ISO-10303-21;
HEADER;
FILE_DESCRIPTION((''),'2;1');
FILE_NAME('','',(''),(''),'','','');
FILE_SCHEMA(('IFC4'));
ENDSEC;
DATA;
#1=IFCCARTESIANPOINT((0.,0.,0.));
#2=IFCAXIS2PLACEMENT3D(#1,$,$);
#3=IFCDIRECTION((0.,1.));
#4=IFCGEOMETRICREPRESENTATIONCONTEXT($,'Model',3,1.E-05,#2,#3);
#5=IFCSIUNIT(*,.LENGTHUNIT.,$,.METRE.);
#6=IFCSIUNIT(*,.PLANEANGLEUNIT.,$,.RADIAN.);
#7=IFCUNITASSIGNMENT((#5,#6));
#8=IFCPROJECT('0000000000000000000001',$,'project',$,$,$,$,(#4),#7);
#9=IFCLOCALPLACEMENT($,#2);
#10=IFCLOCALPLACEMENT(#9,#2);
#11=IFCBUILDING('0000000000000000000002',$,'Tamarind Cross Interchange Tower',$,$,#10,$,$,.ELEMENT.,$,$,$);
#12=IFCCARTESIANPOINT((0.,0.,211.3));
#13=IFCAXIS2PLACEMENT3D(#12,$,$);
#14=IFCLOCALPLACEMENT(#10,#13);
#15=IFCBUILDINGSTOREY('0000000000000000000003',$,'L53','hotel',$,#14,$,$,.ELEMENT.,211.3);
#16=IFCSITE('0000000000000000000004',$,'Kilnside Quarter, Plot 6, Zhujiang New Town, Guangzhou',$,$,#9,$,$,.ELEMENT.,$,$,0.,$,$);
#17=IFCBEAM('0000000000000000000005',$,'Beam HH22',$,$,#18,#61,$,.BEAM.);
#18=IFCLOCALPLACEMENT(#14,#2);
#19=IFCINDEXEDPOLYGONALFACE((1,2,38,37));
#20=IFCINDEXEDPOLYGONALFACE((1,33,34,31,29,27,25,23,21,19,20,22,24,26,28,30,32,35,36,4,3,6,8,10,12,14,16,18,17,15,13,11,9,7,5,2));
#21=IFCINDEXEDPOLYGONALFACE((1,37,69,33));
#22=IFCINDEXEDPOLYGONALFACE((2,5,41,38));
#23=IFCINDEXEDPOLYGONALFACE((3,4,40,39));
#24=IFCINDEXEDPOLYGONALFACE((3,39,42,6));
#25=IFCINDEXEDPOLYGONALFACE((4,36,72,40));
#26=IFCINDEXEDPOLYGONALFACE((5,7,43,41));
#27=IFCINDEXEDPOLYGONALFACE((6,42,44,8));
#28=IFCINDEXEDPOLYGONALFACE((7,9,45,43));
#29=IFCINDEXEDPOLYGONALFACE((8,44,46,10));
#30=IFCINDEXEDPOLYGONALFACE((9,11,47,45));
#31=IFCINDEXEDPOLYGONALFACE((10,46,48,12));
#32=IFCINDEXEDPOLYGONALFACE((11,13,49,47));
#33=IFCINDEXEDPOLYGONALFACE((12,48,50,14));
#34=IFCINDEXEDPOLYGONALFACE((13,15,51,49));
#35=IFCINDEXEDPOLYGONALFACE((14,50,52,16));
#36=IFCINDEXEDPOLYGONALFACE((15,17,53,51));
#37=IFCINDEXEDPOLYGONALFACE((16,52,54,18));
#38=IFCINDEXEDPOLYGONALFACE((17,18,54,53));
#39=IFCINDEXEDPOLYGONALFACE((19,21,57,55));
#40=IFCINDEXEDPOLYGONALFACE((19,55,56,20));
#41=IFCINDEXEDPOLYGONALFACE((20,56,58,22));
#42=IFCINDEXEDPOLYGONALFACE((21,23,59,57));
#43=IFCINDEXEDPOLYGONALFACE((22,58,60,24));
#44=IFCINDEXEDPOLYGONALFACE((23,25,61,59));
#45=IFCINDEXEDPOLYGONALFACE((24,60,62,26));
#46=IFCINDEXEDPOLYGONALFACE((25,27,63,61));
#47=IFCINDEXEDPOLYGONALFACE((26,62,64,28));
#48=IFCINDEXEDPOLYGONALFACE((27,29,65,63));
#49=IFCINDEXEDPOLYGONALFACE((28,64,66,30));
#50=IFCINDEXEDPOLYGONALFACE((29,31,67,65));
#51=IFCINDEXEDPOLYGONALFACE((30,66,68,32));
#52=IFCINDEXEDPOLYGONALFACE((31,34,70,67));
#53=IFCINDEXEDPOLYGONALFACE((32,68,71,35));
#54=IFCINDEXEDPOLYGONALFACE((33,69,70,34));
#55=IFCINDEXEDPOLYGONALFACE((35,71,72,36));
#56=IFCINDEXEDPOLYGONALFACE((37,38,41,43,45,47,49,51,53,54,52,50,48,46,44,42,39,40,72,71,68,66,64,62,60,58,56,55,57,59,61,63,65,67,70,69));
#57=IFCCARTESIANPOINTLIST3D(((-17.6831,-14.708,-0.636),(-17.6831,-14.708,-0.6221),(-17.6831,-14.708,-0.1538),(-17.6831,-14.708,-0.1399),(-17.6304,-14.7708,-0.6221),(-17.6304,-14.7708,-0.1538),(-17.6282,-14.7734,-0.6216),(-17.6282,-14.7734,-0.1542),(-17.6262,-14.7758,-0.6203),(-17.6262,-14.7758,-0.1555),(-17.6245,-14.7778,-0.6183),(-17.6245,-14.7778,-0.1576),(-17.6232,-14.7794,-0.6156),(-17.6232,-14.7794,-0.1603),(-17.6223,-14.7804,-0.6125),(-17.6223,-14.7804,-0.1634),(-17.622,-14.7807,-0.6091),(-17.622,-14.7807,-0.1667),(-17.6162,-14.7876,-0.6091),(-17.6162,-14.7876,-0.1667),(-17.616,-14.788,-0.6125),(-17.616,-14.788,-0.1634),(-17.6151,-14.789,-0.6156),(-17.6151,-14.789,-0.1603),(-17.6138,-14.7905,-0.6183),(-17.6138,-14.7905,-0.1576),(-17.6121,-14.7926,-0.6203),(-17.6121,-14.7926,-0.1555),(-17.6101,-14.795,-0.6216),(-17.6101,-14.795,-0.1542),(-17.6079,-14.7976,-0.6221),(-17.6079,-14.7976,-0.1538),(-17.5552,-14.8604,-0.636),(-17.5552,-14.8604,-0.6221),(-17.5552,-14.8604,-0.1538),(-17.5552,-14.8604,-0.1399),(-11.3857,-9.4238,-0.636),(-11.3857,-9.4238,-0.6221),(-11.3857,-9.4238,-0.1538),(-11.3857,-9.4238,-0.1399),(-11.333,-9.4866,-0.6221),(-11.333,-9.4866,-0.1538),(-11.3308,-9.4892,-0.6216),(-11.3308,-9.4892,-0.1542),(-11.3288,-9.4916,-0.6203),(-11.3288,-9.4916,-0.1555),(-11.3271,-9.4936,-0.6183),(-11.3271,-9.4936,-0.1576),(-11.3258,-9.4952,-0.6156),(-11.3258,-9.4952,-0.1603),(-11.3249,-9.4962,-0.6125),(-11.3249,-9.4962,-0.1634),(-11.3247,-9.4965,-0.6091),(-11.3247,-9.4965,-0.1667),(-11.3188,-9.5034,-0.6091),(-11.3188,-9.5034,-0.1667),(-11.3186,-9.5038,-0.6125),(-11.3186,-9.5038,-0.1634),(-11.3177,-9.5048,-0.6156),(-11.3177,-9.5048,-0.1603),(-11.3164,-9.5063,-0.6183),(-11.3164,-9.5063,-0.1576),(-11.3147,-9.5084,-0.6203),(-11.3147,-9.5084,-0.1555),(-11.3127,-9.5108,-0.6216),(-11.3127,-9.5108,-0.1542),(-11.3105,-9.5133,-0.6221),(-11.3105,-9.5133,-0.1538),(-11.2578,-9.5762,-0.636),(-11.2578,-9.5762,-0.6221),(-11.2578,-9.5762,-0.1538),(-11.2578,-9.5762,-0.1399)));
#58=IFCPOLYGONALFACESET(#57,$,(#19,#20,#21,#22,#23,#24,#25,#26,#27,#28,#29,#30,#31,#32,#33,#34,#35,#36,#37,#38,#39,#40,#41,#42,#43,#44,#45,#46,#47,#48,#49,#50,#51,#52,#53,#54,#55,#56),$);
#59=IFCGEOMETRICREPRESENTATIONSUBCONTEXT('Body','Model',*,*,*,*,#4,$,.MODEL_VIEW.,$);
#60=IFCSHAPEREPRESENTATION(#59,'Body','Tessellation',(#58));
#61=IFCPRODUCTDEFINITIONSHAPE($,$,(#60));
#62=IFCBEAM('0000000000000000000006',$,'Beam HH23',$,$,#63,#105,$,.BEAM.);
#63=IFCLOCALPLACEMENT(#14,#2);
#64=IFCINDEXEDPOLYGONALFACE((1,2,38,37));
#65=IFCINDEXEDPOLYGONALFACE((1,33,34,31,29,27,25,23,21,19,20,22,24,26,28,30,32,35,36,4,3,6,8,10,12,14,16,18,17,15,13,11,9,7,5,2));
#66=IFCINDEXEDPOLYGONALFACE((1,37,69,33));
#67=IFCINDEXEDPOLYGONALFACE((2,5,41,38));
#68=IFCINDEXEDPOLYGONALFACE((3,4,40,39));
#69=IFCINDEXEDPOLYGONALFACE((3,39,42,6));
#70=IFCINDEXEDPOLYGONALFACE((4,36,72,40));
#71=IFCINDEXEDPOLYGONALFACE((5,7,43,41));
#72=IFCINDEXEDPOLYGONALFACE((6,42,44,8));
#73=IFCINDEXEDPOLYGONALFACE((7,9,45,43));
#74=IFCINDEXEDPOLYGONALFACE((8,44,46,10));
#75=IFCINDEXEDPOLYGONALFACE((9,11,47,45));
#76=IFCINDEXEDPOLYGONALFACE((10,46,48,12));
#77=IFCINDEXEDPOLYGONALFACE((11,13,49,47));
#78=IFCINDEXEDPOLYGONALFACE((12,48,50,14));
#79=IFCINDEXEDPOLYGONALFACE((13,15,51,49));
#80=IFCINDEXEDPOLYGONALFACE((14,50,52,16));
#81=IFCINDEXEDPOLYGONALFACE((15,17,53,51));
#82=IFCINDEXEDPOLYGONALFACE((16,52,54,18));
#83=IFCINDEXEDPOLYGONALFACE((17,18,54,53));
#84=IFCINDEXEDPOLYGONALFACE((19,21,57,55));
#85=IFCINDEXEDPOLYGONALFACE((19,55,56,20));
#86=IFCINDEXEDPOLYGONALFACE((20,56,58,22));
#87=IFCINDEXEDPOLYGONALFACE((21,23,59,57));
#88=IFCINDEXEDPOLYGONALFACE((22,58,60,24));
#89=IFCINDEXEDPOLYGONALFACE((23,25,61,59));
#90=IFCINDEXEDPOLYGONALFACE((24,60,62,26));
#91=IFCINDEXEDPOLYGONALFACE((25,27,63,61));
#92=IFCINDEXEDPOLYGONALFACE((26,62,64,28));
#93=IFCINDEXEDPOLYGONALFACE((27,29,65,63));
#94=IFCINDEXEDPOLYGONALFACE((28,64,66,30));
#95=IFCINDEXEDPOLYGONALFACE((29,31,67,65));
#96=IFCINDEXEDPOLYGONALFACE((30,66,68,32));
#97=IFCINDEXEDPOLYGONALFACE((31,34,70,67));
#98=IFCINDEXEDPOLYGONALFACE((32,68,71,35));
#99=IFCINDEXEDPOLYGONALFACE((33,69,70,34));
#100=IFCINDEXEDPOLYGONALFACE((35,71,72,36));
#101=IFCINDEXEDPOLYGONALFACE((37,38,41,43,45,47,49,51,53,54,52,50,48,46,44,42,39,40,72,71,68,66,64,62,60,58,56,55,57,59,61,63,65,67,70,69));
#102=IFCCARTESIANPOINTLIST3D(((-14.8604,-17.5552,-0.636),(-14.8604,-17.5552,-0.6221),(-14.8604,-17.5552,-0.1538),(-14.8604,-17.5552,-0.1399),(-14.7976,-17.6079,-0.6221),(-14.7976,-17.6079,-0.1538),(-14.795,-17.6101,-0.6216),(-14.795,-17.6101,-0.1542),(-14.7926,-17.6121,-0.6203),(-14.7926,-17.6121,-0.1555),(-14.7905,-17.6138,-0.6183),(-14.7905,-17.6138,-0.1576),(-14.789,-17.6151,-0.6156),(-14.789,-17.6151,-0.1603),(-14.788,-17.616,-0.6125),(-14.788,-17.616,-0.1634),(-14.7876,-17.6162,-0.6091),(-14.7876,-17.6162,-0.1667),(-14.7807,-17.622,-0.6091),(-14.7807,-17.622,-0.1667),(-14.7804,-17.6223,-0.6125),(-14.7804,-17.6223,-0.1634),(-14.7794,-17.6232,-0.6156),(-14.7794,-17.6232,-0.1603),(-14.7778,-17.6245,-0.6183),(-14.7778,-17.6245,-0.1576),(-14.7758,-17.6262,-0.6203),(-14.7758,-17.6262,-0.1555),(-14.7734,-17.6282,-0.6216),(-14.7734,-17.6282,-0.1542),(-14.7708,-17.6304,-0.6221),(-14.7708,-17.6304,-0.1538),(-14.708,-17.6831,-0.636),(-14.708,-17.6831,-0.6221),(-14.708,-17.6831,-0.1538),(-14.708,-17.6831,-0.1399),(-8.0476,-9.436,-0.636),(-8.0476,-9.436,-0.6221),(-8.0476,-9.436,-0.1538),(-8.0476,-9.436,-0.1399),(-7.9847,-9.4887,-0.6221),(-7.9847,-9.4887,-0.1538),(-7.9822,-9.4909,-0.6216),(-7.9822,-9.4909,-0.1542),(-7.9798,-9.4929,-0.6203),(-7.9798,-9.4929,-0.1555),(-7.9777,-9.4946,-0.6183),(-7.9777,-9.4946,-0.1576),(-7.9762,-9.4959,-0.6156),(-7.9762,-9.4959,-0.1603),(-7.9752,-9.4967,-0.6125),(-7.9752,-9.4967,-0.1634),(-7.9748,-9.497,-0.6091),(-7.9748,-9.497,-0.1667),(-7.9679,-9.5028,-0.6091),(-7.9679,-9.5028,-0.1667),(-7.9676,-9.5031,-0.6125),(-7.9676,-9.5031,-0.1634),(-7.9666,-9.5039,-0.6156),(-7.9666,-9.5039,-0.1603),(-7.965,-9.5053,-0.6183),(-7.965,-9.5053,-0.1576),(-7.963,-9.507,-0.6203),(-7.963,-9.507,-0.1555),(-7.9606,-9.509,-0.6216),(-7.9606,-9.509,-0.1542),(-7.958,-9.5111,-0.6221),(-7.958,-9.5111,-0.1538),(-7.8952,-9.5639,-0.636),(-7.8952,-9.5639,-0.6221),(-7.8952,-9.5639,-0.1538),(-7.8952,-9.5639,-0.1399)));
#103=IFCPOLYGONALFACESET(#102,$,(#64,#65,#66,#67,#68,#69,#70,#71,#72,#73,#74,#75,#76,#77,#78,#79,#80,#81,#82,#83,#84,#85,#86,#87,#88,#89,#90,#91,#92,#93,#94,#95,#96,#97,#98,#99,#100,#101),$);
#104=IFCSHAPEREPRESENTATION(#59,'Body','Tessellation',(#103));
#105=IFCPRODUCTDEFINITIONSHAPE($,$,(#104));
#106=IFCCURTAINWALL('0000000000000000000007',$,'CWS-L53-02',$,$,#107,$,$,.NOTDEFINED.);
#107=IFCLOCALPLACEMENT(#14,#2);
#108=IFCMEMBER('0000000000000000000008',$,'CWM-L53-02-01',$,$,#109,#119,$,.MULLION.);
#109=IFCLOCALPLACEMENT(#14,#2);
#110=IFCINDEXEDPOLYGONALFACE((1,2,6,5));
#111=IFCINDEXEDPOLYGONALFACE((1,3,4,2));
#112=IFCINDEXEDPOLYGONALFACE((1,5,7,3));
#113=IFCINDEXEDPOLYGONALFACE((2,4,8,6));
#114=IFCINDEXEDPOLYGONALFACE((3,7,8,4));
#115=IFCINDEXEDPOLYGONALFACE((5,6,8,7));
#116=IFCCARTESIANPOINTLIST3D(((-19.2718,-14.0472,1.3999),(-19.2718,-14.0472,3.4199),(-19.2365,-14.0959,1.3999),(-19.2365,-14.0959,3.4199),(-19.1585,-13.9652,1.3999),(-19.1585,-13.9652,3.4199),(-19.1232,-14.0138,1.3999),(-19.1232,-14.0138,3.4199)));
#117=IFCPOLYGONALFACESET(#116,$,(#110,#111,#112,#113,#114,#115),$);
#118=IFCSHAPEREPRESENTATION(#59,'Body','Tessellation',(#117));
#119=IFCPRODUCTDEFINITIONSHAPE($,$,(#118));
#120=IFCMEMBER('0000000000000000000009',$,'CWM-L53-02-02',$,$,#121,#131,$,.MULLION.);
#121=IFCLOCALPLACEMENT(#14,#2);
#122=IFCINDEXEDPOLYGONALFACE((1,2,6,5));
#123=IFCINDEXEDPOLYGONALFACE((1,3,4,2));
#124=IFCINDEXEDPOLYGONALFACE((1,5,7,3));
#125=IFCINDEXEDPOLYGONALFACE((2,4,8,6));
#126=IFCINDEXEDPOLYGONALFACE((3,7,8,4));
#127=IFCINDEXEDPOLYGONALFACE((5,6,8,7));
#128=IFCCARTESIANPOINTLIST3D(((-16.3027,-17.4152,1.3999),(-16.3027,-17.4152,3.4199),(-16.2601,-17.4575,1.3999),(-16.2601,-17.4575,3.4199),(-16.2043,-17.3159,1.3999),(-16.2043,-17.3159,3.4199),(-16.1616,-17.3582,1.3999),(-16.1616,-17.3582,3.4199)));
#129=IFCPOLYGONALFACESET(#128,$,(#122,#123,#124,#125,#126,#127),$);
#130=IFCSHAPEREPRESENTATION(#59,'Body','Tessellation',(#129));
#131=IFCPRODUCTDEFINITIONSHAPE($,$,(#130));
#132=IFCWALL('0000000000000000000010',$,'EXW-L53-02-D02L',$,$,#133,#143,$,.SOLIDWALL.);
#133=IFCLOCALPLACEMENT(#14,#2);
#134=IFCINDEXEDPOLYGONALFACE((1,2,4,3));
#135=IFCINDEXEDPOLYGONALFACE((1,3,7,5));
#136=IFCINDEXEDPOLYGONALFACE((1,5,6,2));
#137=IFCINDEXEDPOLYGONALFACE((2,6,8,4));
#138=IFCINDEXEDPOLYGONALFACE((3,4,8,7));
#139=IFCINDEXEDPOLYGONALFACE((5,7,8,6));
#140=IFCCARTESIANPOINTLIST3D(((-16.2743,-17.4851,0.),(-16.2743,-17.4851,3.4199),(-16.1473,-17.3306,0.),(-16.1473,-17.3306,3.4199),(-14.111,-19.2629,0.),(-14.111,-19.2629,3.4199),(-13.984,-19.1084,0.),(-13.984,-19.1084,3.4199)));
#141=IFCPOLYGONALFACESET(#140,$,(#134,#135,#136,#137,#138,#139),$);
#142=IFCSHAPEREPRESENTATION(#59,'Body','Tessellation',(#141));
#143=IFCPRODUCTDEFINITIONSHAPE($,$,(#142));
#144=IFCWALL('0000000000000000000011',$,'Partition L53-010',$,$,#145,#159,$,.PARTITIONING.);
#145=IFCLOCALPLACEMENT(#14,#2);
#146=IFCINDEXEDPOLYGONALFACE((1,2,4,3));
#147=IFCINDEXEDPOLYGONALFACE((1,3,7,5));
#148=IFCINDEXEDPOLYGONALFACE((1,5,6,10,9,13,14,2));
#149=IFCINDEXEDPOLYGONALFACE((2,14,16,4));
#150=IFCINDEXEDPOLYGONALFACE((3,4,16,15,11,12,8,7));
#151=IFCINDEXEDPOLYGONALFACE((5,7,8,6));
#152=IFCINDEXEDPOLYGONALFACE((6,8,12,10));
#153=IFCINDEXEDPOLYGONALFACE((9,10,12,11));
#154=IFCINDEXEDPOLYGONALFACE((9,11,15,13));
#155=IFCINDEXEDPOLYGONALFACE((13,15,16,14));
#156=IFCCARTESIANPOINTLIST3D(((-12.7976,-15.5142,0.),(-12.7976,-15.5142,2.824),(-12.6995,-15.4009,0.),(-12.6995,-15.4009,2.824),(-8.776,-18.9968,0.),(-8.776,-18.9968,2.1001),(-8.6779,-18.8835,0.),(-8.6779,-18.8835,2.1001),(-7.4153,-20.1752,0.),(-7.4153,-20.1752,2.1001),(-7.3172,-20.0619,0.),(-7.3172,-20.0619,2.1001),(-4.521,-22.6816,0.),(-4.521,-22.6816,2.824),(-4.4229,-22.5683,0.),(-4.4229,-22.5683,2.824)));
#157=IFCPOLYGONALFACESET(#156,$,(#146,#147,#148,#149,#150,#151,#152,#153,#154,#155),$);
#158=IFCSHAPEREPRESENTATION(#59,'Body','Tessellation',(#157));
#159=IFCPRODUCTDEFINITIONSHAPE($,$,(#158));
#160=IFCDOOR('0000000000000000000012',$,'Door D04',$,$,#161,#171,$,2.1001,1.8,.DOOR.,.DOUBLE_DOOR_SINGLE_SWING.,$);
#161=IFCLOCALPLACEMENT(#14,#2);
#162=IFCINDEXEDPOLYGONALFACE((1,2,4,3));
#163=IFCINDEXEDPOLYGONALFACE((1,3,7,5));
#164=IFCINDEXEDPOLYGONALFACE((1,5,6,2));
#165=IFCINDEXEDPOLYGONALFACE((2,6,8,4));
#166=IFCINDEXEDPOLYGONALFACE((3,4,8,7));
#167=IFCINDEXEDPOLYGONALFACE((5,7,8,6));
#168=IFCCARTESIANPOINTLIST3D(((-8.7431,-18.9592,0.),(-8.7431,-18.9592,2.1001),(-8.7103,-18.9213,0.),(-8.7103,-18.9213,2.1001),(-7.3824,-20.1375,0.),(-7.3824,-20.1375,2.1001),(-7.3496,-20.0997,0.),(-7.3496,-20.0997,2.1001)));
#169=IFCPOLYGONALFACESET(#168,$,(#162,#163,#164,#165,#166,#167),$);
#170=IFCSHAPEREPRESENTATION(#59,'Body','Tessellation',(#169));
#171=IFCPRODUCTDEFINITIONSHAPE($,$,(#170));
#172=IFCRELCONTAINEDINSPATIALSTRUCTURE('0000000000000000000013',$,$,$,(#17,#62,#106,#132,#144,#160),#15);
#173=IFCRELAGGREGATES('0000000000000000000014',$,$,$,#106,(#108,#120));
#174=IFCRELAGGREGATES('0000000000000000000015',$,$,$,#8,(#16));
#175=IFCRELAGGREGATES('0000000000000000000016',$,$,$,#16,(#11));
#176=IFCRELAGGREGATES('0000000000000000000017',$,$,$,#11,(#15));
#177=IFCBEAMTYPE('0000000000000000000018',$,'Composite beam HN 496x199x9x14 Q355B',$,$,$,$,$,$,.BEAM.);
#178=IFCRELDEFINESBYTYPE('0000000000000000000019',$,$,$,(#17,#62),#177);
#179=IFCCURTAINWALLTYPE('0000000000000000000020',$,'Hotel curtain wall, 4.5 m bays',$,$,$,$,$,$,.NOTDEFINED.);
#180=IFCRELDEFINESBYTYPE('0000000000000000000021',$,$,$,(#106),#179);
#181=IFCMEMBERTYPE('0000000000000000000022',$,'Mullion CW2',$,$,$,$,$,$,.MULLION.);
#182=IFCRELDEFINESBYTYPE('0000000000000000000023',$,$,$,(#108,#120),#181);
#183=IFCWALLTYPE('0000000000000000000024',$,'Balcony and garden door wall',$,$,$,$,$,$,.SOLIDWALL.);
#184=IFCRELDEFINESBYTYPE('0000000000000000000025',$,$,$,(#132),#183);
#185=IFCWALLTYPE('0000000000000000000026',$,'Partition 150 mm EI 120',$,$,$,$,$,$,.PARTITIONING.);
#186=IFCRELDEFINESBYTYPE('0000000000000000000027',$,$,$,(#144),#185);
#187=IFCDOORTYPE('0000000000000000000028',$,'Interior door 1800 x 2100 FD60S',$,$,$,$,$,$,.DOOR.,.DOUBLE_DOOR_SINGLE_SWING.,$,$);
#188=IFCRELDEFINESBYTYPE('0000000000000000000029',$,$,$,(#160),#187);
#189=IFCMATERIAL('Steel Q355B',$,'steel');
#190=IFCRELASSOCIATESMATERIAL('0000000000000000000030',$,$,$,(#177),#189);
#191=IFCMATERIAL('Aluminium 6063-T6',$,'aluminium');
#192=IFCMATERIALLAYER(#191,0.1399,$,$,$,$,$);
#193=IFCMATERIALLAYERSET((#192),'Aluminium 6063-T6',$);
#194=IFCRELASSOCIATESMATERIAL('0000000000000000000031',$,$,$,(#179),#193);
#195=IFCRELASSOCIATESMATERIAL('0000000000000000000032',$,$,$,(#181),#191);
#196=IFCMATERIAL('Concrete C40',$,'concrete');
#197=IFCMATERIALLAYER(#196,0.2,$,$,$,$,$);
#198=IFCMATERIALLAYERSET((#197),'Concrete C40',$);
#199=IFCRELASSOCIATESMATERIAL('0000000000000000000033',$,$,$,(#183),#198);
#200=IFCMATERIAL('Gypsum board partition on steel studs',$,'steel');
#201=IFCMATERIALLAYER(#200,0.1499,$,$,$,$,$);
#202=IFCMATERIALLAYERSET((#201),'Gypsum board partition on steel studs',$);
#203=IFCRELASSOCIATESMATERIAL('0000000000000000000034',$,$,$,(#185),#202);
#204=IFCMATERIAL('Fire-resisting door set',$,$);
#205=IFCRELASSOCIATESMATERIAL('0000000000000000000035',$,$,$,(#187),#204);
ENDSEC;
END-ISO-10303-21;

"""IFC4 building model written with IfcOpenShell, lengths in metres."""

from ifc_helpers import new_model, si_unit, direction, frame, frame_2d, origin, origin_2d, place, context, subcontext, project, spatial, rectangle, i_section, extrude, material, layer, layer_set, material_profile, profile_set, type_object, element, fill, aggregate, save


model = new_model("IFC4")

# Units and contexts
model_context = context("Model", 3, precision=1e-05, world=origin(), true_north=direction((0.0, 1.0)))
body_context = subcontext(model_context, "Body", "Model", "MODEL_VIEW")
ifc_project = project(units=[si_unit("LENGTHUNIT", "METRE"), si_unit("PLANEANGLEUNIT", "RADIAN")], contexts=[model_context])

# Site, building, storey
site_placement = place(None, origin())
site = spatial("IfcSite", under=ifc_project, at=site_placement, Name="Kilnside Quarter, Plot 6, Zhujiang New Town, Guangzhou", CompositionType="ELEMENT", RefElevation=0.0)
building_placement = place(site_placement, origin())
building = spatial("IfcBuilding", under=site, at=building_placement, Name="Tamarind Cross Interchange Tower", CompositionType="ELEMENT")
storey_placement = place(building_placement, frame((0.0, 0.0, 211.3)))
storey = spatial("IfcBuildingStorey", under=building, at=storey_placement, Name="L53", Description="hotel", CompositionType="ELEMENT", Elevation=211.3)

# Beams
ifc_material_1 = material(Name="Steel Q355B", Category="steel")
ifc_material_profile_1 = material_profile(ifc_material_1, i_section(OverallWidth=0.199, OverallDepth=0.4961, WebThickness=0.009, FlangeThickness=0.0139, FilletRadius=0.0129, at=origin_2d()), Name="HN 496x199x9x14")
ifc_profile_set_1 = profile_set([ifc_material_profile_1], Name="Steel Q355B")
beam_type = type_object("IfcBeamType", Name="Composite beam HN 496x199x9x14 Q355B", PredefinedType="BEAM", material=ifc_profile_set_1)
beam_1_placement = place(storey_placement, frame((-17.6191, -14.7842, -0.3879), z_axis=(0.766041, 0.642792, 0.0), x_axis=(-0.642792, 0.766041, 0.0)))
element("IfcBeam", 1, at=beam_1_placement, inside=storey, type_object=beam_type, Name="Beam HH22", PredefinedType="BEAM", context=body_context, shape_type="SweptSolid", body=[
    extrude(i_section(OverallWidth=0.199, OverallDepth=0.4961, WebThickness=0.009, FlangeThickness=0.0139, FilletRadius=0.0129, at=origin_2d()), origin(), (0.0, 0.0, 1.0), 8.2207),
])
beam_2_placement = place(storey_placement, frame((-14.7842, -17.6191, -0.3879), z_axis=(0.642786, 0.766046, 0.0), x_axis=(-0.766046, 0.642786, 0.0)))
element("IfcBeam", 2, at=beam_2_placement, inside=storey, type_object=beam_type, Name="Beam HH23", PredefinedType="BEAM", context=body_context, shape_type="SweptSolid", body=[
    extrude(i_section(OverallWidth=0.199, OverallDepth=0.4961, WebThickness=0.009, FlangeThickness=0.0139, FilletRadius=0.0129, at=origin_2d()), origin(), (0.0, 0.0, 1.0), 10.5989),
])

# Curtain wall, members
ifc_material_2 = material(Name="Aluminium 6063-T6", Category="aluminium")
ifc_layer_1 = layer(ifc_material_2, 0.1399)
ifc_layer_set_1 = layer_set([ifc_layer_1], Name="Aluminium 6063-T6")
curtain_wall_type = type_object("IfcCurtainWallType", Name="Hotel curtain wall, 4.5 m bays", PredefinedType="NOTDEFINED", material=ifc_layer_set_1)
curtain_wall_placement = place(storey_placement, origin())
curtain_wall = element("IfcCurtainWall", 3, at=curtain_wall_placement, inside=storey, type_object=curtain_wall_type, Name="CWS-L53-02", PredefinedType="NOTDEFINED")
ifc_material_profile_2 = material_profile(ifc_material_2, rectangle(XDim=0.0601, YDim=0.1399, at=origin_2d()), Name="Mullion CW2")
ifc_profile_set_2 = profile_set([ifc_material_profile_2], Name="Aluminium 6063-T6")
member_type = type_object("IfcMemberType", Name="Mullion CW2", PredefinedType="MULLION", material=ifc_profile_set_2)
member_1_placement = place(storey_placement, frame((-19.1975, -14.0305, 1.3999), z_axis=(0.0, 0.0, 1.0), x_axis=(0.586629, -0.809856, 0.0)))
member_1 = element("IfcMember", 4, at=member_1_placement, type_object=member_type, Name="CWM-L53-02-01", PredefinedType="MULLION", context=body_context, shape_type="SweptSolid", body=[
    extrude(rectangle(XDim=0.0601, YDim=0.1399, at=origin_2d()), origin(), (0.0, 0.0, 1.0), 2.02),
])
member_2_placement = place(storey_placement, frame((-16.2322, -17.3867, 1.3999), z_axis=(0.0, 0.0, 1.0), x_axis=(0.710143, -0.704057, 0.0)))
member_2 = element("IfcMember", 5, at=member_2_placement, type_object=member_type, Name="CWM-L53-02-02", PredefinedType="MULLION", context=body_context, shape_type="SweptSolid", body=[
    extrude(rectangle(XDim=0.0601, YDim=0.1399, at=origin_2d()), origin(), (0.0, 0.0, 1.0), 2.02),
])
aggregate(curtain_wall, [member_1, member_2])

# Wall
ifc_material_3 = material(Name="Concrete C40", Category="concrete")
ifc_layer_2 = layer(ifc_material_3, 0.2)
ifc_layer_set_2 = layer_set([ifc_layer_2], Name="Concrete C40")
wall_type_1 = type_object("IfcWallType", Name="Balcony and garden door wall", PredefinedType="SOLIDWALL", material=ifc_layer_set_2)
wall_1_placement = place(storey_placement, frame((-16.2107, -17.408, 0.0), z_axis=(0.0, 0.0, 1.0), x_axis=(0.772584, -0.634912, 0.0)))
element("IfcWall", 6, at=wall_1_placement, inside=storey, type_object=wall_type_1, Name="EXW-L53-02-D02L", PredefinedType="SOLIDWALL", context=body_context, shape_type="SweptSolid", body=[
    extrude(rectangle(XDim=2.8, YDim=0.2, at=frame_2d((1.3999, 0.0))), origin(), (0.0, 0.0, 1.0), 3.4199),
])

# Wall, opening, door
ifc_material_4 = material(Name="Gypsum board partition on steel studs", Category="steel")
ifc_layer_3 = layer(ifc_material_4, 0.1499)
ifc_layer_set_3 = layer_set([ifc_layer_3], Name="Gypsum board partition on steel studs")
wall_type_2 = type_object("IfcWallType", Name="Partition 150 mm EI 120", PredefinedType="PARTITIONING", material=ifc_layer_set_3)
wall_2_placement = place(storey_placement, frame((-12.7485, -15.4575, 0.0), z_axis=(0.0, 0.0, 1.0), x_axis=(0.755941, -0.654639, 0.0)))
wall_2 = element("IfcWall", 7, at=wall_2_placement, inside=storey, type_object=wall_type_2, Name="Partition L53-010", PredefinedType="PARTITIONING", context=body_context, shape_type="SweptSolid", body=[
    extrude(rectangle(XDim=10.9487, YDim=0.1499, at=frame_2d((5.4744, 0.0))), origin(), (0.0, 0.0, 1.0), 2.824),
])
opening_1_placement = place(wall_2_placement, frame((5.3201, 0.0, 0.0)))
opening_1 = element("IfcOpeningElement", 8, at=opening_1_placement, cuts=wall_2, PredefinedType="OPENING", context=body_context, shape_type="SweptSolid", body=[
    extrude(rectangle(XDim=1.8, YDim=2.1001, at=frame_2d((0.8999, 1.05))), frame((0.0, 0.085, 0.0), z_axis=(0.0, -1.0, 0.0), x_axis=(1.0, 0.0, 0.0)), (0.0, 0.0, 1.0), 0.1699),
])
ifc_material_5 = material(Name="Fire-resisting door set")
door_type_1 = type_object("IfcDoorType", Name="Interior door 1800 x 2100 FD60S", OperationType="DOUBLE_DOOR_SINGLE_SWING", PredefinedType="DOOR", material=ifc_material_5)
door_1_placement = place(opening_1_placement, frame((1.8, 0.0, 0.0), z_axis=(0.0, 0.0, 1.0), x_axis=(-1.0, 0.0, 0.0)))
door_1 = element("IfcDoor", 9, at=door_1_placement, inside=storey, type_object=door_type_1, Name="Door D04", OperationType="DOUBLE_DOOR_SINGLE_SWING", OverallHeight=2.1001, OverallWidth=1.8, PredefinedType="DOOR", context=body_context, shape_type="SweptSolid", body=[
    extrude(rectangle(XDim=1.8, YDim=2.1001, at=frame_2d((0.8999, 1.05))), frame((0.0, 0.0249, 0.0), z_axis=(0.0, -1.0, 0.0), x_axis=(1.0, 0.0, 0.0)), (0.0, 0.0, 1.0), 0.05),
])
fill(opening_1, door_1)

save(model, "model.ifc")
